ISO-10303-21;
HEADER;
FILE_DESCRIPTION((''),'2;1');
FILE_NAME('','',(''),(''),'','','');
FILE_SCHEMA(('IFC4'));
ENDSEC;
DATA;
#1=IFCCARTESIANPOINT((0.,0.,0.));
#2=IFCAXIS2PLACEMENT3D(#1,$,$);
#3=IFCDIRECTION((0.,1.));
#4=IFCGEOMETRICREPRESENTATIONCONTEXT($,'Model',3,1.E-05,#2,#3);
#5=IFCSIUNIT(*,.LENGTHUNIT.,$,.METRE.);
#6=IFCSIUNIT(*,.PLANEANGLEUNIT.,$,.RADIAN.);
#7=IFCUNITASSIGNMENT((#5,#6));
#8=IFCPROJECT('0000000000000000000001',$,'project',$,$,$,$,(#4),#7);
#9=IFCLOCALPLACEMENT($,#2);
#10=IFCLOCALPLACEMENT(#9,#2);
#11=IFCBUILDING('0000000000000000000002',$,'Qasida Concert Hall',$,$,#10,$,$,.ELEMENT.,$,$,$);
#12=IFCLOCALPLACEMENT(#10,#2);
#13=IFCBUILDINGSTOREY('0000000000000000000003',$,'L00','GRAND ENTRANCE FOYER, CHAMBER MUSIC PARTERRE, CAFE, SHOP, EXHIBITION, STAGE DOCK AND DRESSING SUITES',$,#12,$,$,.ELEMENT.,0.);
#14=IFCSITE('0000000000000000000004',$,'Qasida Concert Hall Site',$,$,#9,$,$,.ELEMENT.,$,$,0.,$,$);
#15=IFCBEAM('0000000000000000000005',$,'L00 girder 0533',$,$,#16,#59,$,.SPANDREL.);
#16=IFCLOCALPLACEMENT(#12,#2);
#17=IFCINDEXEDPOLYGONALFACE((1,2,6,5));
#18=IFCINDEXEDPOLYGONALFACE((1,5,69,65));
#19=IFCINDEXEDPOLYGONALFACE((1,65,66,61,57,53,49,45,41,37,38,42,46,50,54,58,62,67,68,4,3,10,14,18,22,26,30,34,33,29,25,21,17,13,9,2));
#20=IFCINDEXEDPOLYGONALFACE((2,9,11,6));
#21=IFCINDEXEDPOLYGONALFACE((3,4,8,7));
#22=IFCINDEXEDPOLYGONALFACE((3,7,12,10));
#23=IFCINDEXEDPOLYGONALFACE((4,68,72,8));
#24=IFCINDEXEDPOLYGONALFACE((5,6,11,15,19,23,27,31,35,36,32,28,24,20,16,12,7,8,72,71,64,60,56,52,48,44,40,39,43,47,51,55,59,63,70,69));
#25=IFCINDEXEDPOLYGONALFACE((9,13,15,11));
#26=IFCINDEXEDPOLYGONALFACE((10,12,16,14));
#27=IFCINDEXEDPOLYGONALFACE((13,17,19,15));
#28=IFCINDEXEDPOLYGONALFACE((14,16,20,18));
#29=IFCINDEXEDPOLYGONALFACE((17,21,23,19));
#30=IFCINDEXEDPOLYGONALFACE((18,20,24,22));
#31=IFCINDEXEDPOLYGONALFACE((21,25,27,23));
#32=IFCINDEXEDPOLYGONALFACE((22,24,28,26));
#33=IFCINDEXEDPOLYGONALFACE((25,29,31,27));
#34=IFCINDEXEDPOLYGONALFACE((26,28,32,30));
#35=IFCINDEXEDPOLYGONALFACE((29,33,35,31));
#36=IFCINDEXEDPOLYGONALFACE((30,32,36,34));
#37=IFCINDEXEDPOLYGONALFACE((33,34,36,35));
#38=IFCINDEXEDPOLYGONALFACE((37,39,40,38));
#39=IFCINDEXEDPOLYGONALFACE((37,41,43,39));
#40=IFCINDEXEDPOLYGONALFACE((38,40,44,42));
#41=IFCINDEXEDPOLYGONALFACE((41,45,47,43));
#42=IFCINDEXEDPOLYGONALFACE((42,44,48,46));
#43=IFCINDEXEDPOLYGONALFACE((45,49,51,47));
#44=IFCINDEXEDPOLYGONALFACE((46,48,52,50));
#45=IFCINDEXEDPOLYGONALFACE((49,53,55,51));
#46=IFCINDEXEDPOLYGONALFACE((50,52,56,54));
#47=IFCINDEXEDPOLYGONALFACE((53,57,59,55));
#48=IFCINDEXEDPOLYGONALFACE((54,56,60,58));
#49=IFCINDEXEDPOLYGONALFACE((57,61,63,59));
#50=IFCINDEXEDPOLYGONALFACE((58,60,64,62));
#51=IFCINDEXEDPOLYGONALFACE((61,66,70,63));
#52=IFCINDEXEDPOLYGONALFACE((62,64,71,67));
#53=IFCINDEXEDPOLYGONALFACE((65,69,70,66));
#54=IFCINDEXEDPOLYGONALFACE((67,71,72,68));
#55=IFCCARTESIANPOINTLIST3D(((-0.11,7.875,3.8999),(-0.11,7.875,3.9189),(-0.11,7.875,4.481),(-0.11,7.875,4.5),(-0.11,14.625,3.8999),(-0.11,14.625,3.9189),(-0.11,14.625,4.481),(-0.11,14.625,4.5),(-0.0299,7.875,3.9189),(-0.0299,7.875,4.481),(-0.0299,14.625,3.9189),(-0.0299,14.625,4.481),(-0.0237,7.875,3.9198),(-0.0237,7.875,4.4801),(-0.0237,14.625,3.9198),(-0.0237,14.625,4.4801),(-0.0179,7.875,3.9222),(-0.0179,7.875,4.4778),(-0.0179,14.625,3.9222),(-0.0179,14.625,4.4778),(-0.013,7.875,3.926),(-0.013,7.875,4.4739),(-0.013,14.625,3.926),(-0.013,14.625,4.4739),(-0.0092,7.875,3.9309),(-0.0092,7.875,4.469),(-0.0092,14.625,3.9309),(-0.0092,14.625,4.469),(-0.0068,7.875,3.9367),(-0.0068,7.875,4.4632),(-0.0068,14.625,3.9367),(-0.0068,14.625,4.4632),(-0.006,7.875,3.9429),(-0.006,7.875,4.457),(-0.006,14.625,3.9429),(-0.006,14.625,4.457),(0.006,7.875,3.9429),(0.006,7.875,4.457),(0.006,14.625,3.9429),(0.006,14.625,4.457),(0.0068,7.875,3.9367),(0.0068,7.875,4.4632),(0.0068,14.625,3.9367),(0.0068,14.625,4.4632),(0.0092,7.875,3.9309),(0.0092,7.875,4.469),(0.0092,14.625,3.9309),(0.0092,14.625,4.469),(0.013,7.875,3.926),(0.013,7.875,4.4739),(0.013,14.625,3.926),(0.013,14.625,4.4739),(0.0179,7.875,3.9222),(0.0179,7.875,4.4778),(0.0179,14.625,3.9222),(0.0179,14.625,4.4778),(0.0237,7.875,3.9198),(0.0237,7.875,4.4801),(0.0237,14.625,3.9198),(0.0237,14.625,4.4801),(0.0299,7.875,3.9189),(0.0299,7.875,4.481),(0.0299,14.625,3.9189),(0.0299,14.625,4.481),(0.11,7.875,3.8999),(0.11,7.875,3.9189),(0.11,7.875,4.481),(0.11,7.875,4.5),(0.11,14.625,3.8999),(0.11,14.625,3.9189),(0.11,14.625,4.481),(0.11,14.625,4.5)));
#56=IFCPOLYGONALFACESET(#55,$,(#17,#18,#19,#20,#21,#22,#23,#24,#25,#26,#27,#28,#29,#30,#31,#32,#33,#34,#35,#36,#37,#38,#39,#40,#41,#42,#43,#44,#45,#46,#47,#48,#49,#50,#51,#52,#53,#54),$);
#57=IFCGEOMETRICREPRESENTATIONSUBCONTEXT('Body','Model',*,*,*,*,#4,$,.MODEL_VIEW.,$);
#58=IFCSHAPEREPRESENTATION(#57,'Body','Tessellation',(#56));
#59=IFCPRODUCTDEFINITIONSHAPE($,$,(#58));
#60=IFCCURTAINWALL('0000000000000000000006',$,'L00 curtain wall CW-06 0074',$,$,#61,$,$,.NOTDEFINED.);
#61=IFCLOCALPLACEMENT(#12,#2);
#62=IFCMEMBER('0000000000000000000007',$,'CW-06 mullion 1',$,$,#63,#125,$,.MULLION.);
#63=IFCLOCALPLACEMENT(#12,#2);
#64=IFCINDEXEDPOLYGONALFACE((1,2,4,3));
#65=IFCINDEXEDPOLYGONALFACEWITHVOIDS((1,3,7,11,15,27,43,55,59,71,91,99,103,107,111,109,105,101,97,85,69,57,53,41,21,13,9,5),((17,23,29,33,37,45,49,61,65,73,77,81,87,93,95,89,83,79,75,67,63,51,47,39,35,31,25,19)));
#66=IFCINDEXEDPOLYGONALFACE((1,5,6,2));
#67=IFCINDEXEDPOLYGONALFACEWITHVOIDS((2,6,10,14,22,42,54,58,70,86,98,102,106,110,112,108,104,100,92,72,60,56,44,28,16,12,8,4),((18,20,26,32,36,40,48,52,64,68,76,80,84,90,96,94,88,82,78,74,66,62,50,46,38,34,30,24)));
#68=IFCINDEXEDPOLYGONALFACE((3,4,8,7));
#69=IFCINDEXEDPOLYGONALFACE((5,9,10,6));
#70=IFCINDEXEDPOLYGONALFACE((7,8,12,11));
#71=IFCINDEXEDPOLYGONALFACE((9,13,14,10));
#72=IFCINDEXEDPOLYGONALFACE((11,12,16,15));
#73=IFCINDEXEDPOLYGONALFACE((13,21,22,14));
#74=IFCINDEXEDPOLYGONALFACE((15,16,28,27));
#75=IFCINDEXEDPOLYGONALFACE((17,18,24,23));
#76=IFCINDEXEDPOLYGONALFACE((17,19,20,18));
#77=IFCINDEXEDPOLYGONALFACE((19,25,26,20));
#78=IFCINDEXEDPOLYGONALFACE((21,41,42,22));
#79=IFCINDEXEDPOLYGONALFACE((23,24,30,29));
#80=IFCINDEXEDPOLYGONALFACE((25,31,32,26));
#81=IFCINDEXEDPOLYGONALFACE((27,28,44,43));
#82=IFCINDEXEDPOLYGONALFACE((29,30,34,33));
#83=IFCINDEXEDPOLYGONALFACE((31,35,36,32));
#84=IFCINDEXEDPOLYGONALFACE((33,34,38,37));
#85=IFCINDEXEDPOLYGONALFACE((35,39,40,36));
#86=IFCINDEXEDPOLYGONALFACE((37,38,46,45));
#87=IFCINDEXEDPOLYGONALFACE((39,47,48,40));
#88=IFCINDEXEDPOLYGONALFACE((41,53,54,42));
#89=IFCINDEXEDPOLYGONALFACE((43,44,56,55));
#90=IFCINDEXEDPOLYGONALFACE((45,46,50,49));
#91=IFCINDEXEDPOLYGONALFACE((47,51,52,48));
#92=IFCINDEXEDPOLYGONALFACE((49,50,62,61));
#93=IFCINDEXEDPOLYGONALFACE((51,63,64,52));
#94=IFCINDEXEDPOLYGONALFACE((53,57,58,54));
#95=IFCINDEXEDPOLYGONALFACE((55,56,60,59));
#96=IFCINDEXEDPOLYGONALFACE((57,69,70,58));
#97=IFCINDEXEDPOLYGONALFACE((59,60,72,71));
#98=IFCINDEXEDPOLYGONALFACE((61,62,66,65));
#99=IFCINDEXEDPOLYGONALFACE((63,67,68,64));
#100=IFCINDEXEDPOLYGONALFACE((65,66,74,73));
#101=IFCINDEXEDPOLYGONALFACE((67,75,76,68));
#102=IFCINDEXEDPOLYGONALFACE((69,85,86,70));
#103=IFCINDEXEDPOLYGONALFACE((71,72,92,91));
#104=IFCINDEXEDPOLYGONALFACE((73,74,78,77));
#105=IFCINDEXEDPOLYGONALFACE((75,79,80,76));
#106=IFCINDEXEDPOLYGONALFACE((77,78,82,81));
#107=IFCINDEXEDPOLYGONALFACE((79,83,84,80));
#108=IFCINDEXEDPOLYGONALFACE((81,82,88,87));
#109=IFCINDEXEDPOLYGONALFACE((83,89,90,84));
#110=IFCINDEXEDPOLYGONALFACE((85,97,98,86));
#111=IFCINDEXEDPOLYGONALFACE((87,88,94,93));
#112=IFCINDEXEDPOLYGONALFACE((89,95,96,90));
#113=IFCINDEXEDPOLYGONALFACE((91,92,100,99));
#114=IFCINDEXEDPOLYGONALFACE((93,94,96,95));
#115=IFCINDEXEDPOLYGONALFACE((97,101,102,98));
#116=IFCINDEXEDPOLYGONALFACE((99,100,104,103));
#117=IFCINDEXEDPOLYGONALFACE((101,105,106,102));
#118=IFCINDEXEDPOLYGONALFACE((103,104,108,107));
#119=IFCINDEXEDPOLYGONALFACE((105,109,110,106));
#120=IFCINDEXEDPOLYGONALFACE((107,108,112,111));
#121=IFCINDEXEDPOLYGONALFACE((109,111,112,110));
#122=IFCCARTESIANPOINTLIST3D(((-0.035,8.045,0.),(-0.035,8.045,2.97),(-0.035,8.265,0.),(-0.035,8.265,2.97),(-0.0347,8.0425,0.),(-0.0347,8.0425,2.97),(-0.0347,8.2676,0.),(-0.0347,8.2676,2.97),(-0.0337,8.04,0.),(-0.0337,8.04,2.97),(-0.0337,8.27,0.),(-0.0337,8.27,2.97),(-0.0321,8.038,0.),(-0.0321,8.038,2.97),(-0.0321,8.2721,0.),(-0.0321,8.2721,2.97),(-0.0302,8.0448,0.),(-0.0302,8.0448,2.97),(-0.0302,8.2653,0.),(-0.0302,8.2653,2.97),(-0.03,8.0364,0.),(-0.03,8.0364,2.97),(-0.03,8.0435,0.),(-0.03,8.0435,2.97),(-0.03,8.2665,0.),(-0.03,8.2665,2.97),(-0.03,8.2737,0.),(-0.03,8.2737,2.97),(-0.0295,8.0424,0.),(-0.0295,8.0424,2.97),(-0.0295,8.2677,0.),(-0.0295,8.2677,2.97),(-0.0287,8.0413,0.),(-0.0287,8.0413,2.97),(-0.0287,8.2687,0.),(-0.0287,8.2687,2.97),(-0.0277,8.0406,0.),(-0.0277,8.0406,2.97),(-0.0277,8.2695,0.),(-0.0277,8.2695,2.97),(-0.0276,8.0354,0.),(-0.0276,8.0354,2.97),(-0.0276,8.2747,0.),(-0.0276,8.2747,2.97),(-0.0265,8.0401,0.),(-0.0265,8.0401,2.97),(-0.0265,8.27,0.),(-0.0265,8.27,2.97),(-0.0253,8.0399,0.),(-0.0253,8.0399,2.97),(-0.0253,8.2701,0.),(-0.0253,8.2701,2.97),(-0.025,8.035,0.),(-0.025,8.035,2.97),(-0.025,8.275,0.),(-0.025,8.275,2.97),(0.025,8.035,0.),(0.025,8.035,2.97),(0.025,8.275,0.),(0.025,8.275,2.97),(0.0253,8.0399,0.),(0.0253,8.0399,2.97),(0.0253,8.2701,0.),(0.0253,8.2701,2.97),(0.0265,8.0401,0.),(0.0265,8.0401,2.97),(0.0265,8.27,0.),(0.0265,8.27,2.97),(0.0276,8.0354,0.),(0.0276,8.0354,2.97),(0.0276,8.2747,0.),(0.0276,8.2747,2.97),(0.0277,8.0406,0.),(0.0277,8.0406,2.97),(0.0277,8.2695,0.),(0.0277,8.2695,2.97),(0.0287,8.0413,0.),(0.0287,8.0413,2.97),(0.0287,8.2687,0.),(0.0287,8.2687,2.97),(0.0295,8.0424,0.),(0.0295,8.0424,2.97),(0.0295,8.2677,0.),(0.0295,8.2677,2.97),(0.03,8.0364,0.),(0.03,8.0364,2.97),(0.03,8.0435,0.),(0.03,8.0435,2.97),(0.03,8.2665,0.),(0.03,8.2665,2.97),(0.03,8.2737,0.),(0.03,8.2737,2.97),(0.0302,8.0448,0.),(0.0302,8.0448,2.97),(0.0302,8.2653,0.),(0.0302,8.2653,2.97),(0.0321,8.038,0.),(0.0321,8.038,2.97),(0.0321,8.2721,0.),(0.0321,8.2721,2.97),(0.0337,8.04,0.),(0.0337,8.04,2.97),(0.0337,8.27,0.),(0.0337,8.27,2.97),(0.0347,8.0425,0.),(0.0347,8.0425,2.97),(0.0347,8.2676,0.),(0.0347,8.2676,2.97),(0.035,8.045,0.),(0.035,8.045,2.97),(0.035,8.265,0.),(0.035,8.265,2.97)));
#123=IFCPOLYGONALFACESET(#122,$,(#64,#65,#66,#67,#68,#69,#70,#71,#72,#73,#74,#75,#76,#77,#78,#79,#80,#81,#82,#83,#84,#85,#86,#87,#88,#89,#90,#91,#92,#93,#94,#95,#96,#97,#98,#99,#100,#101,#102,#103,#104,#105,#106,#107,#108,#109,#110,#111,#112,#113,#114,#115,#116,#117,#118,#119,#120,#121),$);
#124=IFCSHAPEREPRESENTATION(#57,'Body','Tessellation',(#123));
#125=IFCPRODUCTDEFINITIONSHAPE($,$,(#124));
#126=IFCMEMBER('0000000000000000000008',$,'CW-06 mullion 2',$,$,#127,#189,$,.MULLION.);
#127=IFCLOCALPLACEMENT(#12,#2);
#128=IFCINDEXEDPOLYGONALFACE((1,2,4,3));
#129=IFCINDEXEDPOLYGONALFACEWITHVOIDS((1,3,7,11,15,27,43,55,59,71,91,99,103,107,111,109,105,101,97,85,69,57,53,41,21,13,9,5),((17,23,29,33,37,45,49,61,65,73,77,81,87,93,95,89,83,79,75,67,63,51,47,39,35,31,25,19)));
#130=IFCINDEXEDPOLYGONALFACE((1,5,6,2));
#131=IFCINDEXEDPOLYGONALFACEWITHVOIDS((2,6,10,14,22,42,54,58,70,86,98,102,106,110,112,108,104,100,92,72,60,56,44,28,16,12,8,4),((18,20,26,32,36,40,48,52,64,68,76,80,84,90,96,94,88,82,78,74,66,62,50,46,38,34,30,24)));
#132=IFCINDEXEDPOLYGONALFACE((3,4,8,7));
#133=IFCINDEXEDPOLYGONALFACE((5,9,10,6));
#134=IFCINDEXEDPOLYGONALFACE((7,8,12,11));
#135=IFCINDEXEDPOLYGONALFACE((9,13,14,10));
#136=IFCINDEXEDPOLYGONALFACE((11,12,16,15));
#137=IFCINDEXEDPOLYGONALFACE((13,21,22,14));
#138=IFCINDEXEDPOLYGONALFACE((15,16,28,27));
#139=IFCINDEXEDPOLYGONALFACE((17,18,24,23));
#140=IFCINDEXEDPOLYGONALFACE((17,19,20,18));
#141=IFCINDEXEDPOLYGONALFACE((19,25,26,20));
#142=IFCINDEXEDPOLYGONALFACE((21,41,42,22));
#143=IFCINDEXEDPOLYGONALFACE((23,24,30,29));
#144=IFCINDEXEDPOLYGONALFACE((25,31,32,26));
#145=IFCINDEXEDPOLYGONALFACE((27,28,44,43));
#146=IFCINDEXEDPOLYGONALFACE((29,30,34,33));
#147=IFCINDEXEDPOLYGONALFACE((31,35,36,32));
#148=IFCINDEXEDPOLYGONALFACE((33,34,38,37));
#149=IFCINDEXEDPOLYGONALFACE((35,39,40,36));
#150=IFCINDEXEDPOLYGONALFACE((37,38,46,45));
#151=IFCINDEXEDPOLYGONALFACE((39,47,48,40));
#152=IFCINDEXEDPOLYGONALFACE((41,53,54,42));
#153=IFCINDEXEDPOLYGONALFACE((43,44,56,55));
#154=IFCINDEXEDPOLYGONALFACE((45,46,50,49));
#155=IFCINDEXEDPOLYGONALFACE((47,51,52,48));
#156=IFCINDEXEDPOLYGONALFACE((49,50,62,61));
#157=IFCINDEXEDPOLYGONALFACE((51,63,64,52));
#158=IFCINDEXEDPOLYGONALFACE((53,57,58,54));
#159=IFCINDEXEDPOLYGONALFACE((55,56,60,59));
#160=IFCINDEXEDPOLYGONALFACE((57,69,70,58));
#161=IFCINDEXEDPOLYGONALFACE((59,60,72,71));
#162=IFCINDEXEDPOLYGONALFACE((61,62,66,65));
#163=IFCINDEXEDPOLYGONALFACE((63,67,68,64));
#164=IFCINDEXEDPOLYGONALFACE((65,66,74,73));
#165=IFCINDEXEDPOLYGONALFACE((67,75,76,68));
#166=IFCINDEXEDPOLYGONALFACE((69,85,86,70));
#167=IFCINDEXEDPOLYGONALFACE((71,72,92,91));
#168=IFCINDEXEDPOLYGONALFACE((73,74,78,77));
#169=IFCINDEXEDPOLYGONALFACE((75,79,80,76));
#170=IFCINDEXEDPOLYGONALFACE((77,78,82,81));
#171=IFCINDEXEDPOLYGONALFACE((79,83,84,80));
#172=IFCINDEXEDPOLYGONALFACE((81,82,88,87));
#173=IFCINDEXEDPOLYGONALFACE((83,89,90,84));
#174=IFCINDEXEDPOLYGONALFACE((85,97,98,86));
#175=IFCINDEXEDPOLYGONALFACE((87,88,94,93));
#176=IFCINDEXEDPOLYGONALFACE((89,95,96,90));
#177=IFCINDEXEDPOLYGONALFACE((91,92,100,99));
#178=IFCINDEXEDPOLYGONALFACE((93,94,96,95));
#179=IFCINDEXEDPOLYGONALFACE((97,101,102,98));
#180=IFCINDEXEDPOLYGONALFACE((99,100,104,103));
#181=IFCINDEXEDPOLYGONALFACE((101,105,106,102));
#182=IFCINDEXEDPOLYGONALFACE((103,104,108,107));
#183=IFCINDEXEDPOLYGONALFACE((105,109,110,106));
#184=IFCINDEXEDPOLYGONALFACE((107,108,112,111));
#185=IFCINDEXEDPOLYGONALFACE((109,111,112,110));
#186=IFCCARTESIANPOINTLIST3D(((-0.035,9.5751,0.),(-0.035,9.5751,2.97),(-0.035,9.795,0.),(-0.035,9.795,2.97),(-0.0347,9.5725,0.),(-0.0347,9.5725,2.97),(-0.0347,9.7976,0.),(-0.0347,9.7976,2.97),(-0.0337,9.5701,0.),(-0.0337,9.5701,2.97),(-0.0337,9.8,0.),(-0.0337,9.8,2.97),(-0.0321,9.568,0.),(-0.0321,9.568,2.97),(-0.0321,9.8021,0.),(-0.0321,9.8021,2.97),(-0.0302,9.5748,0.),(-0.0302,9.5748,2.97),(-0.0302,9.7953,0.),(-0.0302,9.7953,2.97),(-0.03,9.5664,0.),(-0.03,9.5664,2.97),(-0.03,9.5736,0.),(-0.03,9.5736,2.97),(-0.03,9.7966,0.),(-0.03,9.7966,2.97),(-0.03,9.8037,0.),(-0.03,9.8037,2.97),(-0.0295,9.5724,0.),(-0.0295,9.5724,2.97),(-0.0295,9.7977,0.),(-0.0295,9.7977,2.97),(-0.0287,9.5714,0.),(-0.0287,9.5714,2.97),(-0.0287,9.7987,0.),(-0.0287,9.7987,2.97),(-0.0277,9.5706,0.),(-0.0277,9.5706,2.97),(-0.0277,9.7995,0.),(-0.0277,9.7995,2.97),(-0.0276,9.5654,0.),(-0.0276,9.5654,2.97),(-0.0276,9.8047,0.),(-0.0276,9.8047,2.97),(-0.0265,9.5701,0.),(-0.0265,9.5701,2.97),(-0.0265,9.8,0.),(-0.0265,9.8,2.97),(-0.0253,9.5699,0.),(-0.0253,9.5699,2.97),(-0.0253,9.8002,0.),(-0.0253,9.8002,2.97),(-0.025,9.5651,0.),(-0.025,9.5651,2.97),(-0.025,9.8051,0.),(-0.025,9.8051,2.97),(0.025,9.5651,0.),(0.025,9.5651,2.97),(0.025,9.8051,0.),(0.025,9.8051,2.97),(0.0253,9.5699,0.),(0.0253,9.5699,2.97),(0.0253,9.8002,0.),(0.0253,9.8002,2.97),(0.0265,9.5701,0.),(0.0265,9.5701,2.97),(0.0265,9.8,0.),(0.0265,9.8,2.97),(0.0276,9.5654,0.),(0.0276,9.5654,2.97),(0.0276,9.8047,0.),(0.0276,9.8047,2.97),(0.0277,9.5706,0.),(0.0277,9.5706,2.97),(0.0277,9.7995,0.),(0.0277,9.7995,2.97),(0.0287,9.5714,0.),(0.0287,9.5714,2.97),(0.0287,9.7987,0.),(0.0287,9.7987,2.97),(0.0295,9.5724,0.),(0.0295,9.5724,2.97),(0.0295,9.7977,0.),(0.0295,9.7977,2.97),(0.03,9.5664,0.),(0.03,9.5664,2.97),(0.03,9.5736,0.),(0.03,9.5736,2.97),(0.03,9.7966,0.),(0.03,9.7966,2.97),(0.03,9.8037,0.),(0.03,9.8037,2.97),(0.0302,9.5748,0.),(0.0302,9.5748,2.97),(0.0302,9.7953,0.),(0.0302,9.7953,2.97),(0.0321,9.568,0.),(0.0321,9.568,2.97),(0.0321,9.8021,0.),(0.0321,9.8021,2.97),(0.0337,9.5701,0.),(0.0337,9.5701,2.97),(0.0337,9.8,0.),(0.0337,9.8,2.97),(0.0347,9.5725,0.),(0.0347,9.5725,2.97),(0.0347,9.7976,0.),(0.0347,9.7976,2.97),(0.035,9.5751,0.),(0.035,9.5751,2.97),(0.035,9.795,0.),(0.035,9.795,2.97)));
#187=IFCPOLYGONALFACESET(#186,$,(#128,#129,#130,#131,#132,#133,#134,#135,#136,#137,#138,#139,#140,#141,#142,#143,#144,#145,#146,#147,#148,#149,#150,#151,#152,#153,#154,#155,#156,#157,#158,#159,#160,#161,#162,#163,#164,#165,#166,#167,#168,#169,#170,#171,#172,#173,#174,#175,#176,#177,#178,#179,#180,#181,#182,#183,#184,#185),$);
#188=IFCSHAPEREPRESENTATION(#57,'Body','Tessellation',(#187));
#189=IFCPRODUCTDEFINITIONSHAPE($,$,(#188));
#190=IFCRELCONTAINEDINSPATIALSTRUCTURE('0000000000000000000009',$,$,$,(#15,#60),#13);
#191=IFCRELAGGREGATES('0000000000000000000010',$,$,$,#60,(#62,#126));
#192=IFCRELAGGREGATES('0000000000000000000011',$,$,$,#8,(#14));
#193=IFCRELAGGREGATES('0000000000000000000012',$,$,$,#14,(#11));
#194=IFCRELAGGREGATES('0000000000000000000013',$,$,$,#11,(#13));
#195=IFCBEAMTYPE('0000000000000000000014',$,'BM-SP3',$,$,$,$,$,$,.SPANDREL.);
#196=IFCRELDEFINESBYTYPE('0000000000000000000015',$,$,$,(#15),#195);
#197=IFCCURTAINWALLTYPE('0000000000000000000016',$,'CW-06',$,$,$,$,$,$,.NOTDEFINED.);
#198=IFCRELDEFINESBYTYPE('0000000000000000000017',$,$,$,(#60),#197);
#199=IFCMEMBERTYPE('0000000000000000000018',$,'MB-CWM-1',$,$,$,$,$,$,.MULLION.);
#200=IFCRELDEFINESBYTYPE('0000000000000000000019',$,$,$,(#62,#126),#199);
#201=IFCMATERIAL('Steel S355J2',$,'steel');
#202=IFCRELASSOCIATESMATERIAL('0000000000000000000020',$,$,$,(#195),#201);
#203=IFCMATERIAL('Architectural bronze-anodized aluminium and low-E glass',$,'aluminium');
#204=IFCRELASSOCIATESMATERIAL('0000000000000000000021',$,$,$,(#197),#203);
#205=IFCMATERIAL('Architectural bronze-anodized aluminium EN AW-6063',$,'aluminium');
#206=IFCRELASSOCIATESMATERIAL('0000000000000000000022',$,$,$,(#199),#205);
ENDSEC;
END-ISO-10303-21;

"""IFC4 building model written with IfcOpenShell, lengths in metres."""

from ifc_helpers import new_model, si_unit, direction, frame, origin, origin_2d, place, context, subcontext, project, spatial, hollow_rectangle, i_section, extrude, material, material_profile, profile_set, type_object, element, aggregate, save


model = new_model("IFC4")

# Units and contexts
model_context = context("Model", 3, precision=1e-05, world=origin(), true_north=direction((0.0, 1.0)))
body_context = subcontext(model_context, "Body", "Model", "MODEL_VIEW")
ifc_project = project(units=[si_unit("LENGTHUNIT", "METRE"), si_unit("PLANEANGLEUNIT", "RADIAN")], contexts=[model_context])

# Site, building, storey
site_placement = place(None, origin())
site = spatial("IfcSite", under=ifc_project, at=site_placement, Name="Qasida Concert Hall Site", CompositionType="ELEMENT", RefElevation=0.0)
building_placement = place(site_placement, origin())
building = spatial("IfcBuilding", under=site, at=building_placement, Name="Qasida Concert Hall", CompositionType="ELEMENT")
storey_placement = place(building_placement, origin())
storey = spatial("IfcBuildingStorey", under=building, at=storey_placement, Name="L00", Description="GRAND ENTRANCE FOYER, CHAMBER MUSIC PARTERRE, CAFE, SHOP, EXHIBITION, STAGE DOCK AND DRESSING SUITES", CompositionType="ELEMENT", Elevation=0.0)

# Beam
ifc_material_1 = material(Name="Steel S355J2", Category="steel")
ifc_material_profile_1 = material_profile(ifc_material_1, i_section(OverallWidth=0.22, OverallDepth=0.6001, WebThickness=0.012, FlangeThickness=0.019, FilletRadius=0.0239, at=origin_2d()), Name="IPE 600")
ifc_profile_set_1 = profile_set([ifc_material_profile_1], Name="Steel S355J2")
beam_type = type_object("IfcBeamType", Name="BM-SP3", PredefinedType="SPANDREL", material=ifc_profile_set_1)
beam_placement = place(storey_placement, frame((0.0, 7.875, 4.2), z_axis=(0.0, 1.0, 0.0), x_axis=(-1.0, 0.0, 0.0)))
element("IfcBeam", 1, at=beam_placement, inside=storey, type_object=beam_type, Name="L00 girder 0533", PredefinedType="SPANDREL", context=body_context, shape_type="SweptSolid", body=[
    extrude(i_section(OverallWidth=0.22, OverallDepth=0.6001, WebThickness=0.012, FlangeThickness=0.019, FilletRadius=0.0239, at=origin_2d()), origin(), (0.0, 0.0, 1.0), 6.75),
])

# Curtain wall, members
ifc_material_2 = material(Name="Architectural bronze-anodized aluminium and low-E glass", Category="aluminium")
curtain_wall_type = type_object("IfcCurtainWallType", Name="CW-06", PredefinedType="NOTDEFINED", material=ifc_material_2)
curtain_wall_placement = place(storey_placement, origin())
curtain_wall = element("IfcCurtainWall", 2, at=curtain_wall_placement, inside=storey, type_object=curtain_wall_type, Name="L00 curtain wall CW-06 0074", PredefinedType="NOTDEFINED")
ifc_material_3 = material(Name="Architectural bronze-anodized aluminium EN AW-6063", Category="aluminium")
ifc_material_profile_2 = material_profile(ifc_material_3, hollow_rectangle(XDim=0.0701, YDim=0.24, WallThickness=0.0049, InnerFilletRadius=0.0049, OuterFilletRadius=0.01, at=origin_2d()), Name="CWM 240x70x5")
ifc_profile_set_2 = profile_set([ifc_material_profile_2], Name="Architectural bronze-anodized aluminium EN AW-6063")
member_type_1 = type_object("IfcMemberType", Name="MB-CWM-1", PredefinedType="MULLION", material=ifc_profile_set_2)
member_1_placement = place(storey_placement, frame((0.0, 8.155, 0.0), z_axis=(0.0, 0.0, 1.0), x_axis=(-1.0, 0.0, 0.0)))
member_1 = element("IfcMember", 3, at=member_1_placement, type_object=member_type_1, Name="CW-06 mullion 1", PredefinedType="MULLION", context=body_context, shape_type="SweptSolid", body=[
    extrude(hollow_rectangle(XDim=0.0701, YDim=0.24, WallThickness=0.0049, InnerFilletRadius=0.0049, OuterFilletRadius=0.01, at=origin_2d()), origin(), (0.0, 0.0, 1.0), 2.97),
])
member_2_placement = place(storey_placement, frame((0.0, 9.6851, 0.0), z_axis=(0.0, 0.0, 1.0), x_axis=(-1.0, 0.0, 0.0)))
member_2 = element("IfcMember", 4, at=member_2_placement, type_object=member_type_1, Name="CW-06 mullion 2", PredefinedType="MULLION", context=body_context, shape_type="SweptSolid", body=[
    extrude(hollow_rectangle(XDim=0.0701, YDim=0.24, WallThickness=0.0049, InnerFilletRadius=0.0049, OuterFilletRadius=0.01, at=origin_2d()), origin(), (0.0, 0.0, 1.0), 2.97),
])
aggregate(curtain_wall, [member_1, member_2])

save(model, "model.ifc")
